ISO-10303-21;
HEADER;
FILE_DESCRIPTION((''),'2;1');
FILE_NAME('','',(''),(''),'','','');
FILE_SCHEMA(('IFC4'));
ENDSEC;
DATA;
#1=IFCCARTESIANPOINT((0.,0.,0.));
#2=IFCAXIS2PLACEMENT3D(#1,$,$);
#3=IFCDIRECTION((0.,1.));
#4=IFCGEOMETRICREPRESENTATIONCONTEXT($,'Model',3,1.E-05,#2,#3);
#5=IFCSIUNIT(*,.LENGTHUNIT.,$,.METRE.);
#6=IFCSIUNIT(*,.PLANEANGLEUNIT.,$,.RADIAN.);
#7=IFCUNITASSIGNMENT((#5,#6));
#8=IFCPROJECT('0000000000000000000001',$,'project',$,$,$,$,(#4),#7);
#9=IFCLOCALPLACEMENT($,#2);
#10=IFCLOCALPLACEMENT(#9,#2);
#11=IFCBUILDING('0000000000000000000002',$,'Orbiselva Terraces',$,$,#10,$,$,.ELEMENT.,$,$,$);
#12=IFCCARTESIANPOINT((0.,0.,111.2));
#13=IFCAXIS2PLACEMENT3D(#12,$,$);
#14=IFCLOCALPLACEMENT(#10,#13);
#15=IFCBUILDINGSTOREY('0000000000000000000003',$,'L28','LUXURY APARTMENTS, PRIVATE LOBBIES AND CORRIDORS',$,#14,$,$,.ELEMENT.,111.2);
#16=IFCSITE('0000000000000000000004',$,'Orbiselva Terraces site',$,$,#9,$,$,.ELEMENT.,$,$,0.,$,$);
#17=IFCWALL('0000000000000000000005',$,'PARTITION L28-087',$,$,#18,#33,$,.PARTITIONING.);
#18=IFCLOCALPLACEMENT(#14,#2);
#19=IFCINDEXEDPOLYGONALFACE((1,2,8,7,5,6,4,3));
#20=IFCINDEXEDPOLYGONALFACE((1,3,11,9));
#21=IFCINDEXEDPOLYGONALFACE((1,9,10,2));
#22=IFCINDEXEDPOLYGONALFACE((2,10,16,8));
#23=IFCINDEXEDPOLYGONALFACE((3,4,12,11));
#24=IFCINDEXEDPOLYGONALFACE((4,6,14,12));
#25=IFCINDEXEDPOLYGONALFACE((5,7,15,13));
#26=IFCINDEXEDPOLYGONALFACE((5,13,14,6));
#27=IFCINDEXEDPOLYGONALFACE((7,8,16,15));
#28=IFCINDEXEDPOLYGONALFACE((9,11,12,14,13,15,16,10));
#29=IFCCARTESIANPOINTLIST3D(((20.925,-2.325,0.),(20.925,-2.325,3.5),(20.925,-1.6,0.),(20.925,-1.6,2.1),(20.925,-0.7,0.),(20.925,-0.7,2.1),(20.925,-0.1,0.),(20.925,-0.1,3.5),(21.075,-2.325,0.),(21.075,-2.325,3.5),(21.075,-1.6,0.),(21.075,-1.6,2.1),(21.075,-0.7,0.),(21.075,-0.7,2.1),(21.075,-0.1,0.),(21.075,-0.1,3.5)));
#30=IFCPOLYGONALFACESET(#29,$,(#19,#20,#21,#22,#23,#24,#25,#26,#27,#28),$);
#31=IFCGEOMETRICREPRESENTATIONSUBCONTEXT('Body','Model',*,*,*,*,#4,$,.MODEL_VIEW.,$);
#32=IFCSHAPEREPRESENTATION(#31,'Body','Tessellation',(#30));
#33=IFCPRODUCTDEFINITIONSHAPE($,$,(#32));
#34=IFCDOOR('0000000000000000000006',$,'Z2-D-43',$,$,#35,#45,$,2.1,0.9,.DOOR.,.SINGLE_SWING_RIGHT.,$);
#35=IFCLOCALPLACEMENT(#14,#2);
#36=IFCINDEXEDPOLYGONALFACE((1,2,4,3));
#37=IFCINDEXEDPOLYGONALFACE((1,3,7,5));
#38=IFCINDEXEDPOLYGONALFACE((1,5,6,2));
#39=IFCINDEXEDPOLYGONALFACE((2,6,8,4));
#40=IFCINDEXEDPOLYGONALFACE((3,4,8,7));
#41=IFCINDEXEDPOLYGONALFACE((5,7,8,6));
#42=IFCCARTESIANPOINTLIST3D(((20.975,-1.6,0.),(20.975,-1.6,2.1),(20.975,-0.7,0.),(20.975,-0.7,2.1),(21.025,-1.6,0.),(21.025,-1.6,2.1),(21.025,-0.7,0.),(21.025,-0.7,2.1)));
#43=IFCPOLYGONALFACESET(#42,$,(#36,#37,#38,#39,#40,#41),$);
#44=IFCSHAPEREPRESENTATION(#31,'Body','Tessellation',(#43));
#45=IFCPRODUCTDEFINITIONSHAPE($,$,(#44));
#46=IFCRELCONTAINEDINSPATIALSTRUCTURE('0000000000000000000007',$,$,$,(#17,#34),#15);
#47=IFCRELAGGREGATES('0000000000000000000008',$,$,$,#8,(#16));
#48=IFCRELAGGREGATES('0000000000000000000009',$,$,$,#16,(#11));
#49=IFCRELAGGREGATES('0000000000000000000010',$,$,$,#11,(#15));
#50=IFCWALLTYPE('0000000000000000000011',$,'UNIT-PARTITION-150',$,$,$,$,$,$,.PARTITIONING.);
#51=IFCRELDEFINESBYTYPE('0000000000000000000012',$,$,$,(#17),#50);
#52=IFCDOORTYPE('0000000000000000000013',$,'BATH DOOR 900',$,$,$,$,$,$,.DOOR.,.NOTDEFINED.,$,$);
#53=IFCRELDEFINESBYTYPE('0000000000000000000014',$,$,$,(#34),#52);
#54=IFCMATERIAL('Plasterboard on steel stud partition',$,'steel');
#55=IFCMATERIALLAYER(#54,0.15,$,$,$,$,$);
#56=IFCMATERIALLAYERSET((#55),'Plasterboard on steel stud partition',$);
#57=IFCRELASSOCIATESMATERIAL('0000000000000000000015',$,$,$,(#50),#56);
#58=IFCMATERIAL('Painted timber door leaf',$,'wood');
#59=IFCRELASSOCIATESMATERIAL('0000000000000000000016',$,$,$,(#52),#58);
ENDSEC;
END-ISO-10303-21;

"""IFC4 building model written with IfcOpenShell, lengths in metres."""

from ifc_helpers import new_model, si_unit, direction, frame, frame_2d, origin, place, context, subcontext, project, spatial, rectangle, extrude, material, layer, layer_set, type_object, element, fill, save


model = new_model("IFC4")

# Units and contexts
model_context = context("Model", 3, precision=1e-05, world=origin(), true_north=direction((0.0, 1.0)))
body_context = subcontext(model_context, "Body", "Model", "MODEL_VIEW")
ifc_project = project(units=[si_unit("LENGTHUNIT", "METRE"), si_unit("PLANEANGLEUNIT", "RADIAN")], contexts=[model_context])

# Site, building, storey
site_placement = place(None, origin())
site = spatial("IfcSite", under=ifc_project, at=site_placement, Name="Orbiselva Terraces site", CompositionType="ELEMENT", RefElevation=0.0)
building_placement = place(site_placement, origin())
building = spatial("IfcBuilding", under=site, at=building_placement, Name="Orbiselva Terraces", CompositionType="ELEMENT")
storey_placement = place(building_placement, frame((0.0, 0.0, 111.2)))
storey = spatial("IfcBuildingStorey", under=building, at=storey_placement, Name="L28", Description="LUXURY APARTMENTS, PRIVATE LOBBIES AND CORRIDORS", CompositionType="ELEMENT", Elevation=111.2)

# Shared definitions
ifc_material_1 = material(Name="Plasterboard on steel stud partition", Category="steel")
ifc_layer_1 = layer(ifc_material_1, 0.15)
ifc_layer_set_1 = layer_set([ifc_layer_1], Name="Plasterboard on steel stud partition")
wall_type_1 = type_object("IfcWallType", Name="UNIT-PARTITION-150", PredefinedType="PARTITIONING", material=ifc_layer_set_1)

# Shared definitions
ifc_material_2 = material(Name="Painted timber door leaf", Category="wood")

# Shared definitions
door_type_1 = type_object("IfcDoorType", Name="BATH DOOR 900", OperationType="NOTDEFINED", PredefinedType="DOOR", material=ifc_material_2)

# Wall, opening, door
wall_1_placement = place(storey_placement, frame((21.0, -2.325, 0.0), z_axis=(0.0, 0.0, 1.0), x_axis=(0.0, 1.0, 0.0)))
wall_1 = element("IfcWall", 1, at=wall_1_placement, inside=storey, type_object=wall_type_1, Name="PARTITION L28-087", PredefinedType="PARTITIONING", context=body_context, shape_type="SweptSolid", body=[
    extrude(rectangle(XDim=2.225, YDim=0.15, at=frame_2d((1.1125, 0.0))), origin(), (0.0, 0.0, 1.0), 3.5),
])
opening_1_placement = place(wall_1_placement, frame((0.725, 0.0, 0.0)))
opening_1 = element("IfcOpeningElement", 2, at=opening_1_placement, cuts=wall_1, PredefinedType="OPENING", context=body_context, shape_type="SweptSolid", body=[
    extrude(rectangle(XDim=0.9, YDim=2.1, at=frame_2d((0.45, 1.05))), frame((0.0, 0.085, 0.0), z_axis=(0.0, -1.0, 0.0), x_axis=(1.0, 0.0, 0.0)), (0.0, 0.0, 1.0), 0.17),
])
door_1_placement = place(opening_1_placement, origin())
door_1 = element("IfcDoor", 3, at=door_1_placement, inside=storey, type_object=door_type_1, Name="Z2-D-43", OperationType="SINGLE_SWING_RIGHT", OverallHeight=2.1, OverallWidth=0.9, PredefinedType="DOOR", context=body_context, shape_type="SweptSolid", body=[
    extrude(rectangle(XDim=0.9, YDim=2.1, at=frame_2d((0.45, 1.05))), frame((0.0, 0.025, 0.0), z_axis=(0.0, -1.0, 0.0), x_axis=(1.0, 0.0, 0.0)), (0.0, 0.0, 1.0), 0.05),
])
fill(opening_1, door_1)

save(model, "model.ifc")
